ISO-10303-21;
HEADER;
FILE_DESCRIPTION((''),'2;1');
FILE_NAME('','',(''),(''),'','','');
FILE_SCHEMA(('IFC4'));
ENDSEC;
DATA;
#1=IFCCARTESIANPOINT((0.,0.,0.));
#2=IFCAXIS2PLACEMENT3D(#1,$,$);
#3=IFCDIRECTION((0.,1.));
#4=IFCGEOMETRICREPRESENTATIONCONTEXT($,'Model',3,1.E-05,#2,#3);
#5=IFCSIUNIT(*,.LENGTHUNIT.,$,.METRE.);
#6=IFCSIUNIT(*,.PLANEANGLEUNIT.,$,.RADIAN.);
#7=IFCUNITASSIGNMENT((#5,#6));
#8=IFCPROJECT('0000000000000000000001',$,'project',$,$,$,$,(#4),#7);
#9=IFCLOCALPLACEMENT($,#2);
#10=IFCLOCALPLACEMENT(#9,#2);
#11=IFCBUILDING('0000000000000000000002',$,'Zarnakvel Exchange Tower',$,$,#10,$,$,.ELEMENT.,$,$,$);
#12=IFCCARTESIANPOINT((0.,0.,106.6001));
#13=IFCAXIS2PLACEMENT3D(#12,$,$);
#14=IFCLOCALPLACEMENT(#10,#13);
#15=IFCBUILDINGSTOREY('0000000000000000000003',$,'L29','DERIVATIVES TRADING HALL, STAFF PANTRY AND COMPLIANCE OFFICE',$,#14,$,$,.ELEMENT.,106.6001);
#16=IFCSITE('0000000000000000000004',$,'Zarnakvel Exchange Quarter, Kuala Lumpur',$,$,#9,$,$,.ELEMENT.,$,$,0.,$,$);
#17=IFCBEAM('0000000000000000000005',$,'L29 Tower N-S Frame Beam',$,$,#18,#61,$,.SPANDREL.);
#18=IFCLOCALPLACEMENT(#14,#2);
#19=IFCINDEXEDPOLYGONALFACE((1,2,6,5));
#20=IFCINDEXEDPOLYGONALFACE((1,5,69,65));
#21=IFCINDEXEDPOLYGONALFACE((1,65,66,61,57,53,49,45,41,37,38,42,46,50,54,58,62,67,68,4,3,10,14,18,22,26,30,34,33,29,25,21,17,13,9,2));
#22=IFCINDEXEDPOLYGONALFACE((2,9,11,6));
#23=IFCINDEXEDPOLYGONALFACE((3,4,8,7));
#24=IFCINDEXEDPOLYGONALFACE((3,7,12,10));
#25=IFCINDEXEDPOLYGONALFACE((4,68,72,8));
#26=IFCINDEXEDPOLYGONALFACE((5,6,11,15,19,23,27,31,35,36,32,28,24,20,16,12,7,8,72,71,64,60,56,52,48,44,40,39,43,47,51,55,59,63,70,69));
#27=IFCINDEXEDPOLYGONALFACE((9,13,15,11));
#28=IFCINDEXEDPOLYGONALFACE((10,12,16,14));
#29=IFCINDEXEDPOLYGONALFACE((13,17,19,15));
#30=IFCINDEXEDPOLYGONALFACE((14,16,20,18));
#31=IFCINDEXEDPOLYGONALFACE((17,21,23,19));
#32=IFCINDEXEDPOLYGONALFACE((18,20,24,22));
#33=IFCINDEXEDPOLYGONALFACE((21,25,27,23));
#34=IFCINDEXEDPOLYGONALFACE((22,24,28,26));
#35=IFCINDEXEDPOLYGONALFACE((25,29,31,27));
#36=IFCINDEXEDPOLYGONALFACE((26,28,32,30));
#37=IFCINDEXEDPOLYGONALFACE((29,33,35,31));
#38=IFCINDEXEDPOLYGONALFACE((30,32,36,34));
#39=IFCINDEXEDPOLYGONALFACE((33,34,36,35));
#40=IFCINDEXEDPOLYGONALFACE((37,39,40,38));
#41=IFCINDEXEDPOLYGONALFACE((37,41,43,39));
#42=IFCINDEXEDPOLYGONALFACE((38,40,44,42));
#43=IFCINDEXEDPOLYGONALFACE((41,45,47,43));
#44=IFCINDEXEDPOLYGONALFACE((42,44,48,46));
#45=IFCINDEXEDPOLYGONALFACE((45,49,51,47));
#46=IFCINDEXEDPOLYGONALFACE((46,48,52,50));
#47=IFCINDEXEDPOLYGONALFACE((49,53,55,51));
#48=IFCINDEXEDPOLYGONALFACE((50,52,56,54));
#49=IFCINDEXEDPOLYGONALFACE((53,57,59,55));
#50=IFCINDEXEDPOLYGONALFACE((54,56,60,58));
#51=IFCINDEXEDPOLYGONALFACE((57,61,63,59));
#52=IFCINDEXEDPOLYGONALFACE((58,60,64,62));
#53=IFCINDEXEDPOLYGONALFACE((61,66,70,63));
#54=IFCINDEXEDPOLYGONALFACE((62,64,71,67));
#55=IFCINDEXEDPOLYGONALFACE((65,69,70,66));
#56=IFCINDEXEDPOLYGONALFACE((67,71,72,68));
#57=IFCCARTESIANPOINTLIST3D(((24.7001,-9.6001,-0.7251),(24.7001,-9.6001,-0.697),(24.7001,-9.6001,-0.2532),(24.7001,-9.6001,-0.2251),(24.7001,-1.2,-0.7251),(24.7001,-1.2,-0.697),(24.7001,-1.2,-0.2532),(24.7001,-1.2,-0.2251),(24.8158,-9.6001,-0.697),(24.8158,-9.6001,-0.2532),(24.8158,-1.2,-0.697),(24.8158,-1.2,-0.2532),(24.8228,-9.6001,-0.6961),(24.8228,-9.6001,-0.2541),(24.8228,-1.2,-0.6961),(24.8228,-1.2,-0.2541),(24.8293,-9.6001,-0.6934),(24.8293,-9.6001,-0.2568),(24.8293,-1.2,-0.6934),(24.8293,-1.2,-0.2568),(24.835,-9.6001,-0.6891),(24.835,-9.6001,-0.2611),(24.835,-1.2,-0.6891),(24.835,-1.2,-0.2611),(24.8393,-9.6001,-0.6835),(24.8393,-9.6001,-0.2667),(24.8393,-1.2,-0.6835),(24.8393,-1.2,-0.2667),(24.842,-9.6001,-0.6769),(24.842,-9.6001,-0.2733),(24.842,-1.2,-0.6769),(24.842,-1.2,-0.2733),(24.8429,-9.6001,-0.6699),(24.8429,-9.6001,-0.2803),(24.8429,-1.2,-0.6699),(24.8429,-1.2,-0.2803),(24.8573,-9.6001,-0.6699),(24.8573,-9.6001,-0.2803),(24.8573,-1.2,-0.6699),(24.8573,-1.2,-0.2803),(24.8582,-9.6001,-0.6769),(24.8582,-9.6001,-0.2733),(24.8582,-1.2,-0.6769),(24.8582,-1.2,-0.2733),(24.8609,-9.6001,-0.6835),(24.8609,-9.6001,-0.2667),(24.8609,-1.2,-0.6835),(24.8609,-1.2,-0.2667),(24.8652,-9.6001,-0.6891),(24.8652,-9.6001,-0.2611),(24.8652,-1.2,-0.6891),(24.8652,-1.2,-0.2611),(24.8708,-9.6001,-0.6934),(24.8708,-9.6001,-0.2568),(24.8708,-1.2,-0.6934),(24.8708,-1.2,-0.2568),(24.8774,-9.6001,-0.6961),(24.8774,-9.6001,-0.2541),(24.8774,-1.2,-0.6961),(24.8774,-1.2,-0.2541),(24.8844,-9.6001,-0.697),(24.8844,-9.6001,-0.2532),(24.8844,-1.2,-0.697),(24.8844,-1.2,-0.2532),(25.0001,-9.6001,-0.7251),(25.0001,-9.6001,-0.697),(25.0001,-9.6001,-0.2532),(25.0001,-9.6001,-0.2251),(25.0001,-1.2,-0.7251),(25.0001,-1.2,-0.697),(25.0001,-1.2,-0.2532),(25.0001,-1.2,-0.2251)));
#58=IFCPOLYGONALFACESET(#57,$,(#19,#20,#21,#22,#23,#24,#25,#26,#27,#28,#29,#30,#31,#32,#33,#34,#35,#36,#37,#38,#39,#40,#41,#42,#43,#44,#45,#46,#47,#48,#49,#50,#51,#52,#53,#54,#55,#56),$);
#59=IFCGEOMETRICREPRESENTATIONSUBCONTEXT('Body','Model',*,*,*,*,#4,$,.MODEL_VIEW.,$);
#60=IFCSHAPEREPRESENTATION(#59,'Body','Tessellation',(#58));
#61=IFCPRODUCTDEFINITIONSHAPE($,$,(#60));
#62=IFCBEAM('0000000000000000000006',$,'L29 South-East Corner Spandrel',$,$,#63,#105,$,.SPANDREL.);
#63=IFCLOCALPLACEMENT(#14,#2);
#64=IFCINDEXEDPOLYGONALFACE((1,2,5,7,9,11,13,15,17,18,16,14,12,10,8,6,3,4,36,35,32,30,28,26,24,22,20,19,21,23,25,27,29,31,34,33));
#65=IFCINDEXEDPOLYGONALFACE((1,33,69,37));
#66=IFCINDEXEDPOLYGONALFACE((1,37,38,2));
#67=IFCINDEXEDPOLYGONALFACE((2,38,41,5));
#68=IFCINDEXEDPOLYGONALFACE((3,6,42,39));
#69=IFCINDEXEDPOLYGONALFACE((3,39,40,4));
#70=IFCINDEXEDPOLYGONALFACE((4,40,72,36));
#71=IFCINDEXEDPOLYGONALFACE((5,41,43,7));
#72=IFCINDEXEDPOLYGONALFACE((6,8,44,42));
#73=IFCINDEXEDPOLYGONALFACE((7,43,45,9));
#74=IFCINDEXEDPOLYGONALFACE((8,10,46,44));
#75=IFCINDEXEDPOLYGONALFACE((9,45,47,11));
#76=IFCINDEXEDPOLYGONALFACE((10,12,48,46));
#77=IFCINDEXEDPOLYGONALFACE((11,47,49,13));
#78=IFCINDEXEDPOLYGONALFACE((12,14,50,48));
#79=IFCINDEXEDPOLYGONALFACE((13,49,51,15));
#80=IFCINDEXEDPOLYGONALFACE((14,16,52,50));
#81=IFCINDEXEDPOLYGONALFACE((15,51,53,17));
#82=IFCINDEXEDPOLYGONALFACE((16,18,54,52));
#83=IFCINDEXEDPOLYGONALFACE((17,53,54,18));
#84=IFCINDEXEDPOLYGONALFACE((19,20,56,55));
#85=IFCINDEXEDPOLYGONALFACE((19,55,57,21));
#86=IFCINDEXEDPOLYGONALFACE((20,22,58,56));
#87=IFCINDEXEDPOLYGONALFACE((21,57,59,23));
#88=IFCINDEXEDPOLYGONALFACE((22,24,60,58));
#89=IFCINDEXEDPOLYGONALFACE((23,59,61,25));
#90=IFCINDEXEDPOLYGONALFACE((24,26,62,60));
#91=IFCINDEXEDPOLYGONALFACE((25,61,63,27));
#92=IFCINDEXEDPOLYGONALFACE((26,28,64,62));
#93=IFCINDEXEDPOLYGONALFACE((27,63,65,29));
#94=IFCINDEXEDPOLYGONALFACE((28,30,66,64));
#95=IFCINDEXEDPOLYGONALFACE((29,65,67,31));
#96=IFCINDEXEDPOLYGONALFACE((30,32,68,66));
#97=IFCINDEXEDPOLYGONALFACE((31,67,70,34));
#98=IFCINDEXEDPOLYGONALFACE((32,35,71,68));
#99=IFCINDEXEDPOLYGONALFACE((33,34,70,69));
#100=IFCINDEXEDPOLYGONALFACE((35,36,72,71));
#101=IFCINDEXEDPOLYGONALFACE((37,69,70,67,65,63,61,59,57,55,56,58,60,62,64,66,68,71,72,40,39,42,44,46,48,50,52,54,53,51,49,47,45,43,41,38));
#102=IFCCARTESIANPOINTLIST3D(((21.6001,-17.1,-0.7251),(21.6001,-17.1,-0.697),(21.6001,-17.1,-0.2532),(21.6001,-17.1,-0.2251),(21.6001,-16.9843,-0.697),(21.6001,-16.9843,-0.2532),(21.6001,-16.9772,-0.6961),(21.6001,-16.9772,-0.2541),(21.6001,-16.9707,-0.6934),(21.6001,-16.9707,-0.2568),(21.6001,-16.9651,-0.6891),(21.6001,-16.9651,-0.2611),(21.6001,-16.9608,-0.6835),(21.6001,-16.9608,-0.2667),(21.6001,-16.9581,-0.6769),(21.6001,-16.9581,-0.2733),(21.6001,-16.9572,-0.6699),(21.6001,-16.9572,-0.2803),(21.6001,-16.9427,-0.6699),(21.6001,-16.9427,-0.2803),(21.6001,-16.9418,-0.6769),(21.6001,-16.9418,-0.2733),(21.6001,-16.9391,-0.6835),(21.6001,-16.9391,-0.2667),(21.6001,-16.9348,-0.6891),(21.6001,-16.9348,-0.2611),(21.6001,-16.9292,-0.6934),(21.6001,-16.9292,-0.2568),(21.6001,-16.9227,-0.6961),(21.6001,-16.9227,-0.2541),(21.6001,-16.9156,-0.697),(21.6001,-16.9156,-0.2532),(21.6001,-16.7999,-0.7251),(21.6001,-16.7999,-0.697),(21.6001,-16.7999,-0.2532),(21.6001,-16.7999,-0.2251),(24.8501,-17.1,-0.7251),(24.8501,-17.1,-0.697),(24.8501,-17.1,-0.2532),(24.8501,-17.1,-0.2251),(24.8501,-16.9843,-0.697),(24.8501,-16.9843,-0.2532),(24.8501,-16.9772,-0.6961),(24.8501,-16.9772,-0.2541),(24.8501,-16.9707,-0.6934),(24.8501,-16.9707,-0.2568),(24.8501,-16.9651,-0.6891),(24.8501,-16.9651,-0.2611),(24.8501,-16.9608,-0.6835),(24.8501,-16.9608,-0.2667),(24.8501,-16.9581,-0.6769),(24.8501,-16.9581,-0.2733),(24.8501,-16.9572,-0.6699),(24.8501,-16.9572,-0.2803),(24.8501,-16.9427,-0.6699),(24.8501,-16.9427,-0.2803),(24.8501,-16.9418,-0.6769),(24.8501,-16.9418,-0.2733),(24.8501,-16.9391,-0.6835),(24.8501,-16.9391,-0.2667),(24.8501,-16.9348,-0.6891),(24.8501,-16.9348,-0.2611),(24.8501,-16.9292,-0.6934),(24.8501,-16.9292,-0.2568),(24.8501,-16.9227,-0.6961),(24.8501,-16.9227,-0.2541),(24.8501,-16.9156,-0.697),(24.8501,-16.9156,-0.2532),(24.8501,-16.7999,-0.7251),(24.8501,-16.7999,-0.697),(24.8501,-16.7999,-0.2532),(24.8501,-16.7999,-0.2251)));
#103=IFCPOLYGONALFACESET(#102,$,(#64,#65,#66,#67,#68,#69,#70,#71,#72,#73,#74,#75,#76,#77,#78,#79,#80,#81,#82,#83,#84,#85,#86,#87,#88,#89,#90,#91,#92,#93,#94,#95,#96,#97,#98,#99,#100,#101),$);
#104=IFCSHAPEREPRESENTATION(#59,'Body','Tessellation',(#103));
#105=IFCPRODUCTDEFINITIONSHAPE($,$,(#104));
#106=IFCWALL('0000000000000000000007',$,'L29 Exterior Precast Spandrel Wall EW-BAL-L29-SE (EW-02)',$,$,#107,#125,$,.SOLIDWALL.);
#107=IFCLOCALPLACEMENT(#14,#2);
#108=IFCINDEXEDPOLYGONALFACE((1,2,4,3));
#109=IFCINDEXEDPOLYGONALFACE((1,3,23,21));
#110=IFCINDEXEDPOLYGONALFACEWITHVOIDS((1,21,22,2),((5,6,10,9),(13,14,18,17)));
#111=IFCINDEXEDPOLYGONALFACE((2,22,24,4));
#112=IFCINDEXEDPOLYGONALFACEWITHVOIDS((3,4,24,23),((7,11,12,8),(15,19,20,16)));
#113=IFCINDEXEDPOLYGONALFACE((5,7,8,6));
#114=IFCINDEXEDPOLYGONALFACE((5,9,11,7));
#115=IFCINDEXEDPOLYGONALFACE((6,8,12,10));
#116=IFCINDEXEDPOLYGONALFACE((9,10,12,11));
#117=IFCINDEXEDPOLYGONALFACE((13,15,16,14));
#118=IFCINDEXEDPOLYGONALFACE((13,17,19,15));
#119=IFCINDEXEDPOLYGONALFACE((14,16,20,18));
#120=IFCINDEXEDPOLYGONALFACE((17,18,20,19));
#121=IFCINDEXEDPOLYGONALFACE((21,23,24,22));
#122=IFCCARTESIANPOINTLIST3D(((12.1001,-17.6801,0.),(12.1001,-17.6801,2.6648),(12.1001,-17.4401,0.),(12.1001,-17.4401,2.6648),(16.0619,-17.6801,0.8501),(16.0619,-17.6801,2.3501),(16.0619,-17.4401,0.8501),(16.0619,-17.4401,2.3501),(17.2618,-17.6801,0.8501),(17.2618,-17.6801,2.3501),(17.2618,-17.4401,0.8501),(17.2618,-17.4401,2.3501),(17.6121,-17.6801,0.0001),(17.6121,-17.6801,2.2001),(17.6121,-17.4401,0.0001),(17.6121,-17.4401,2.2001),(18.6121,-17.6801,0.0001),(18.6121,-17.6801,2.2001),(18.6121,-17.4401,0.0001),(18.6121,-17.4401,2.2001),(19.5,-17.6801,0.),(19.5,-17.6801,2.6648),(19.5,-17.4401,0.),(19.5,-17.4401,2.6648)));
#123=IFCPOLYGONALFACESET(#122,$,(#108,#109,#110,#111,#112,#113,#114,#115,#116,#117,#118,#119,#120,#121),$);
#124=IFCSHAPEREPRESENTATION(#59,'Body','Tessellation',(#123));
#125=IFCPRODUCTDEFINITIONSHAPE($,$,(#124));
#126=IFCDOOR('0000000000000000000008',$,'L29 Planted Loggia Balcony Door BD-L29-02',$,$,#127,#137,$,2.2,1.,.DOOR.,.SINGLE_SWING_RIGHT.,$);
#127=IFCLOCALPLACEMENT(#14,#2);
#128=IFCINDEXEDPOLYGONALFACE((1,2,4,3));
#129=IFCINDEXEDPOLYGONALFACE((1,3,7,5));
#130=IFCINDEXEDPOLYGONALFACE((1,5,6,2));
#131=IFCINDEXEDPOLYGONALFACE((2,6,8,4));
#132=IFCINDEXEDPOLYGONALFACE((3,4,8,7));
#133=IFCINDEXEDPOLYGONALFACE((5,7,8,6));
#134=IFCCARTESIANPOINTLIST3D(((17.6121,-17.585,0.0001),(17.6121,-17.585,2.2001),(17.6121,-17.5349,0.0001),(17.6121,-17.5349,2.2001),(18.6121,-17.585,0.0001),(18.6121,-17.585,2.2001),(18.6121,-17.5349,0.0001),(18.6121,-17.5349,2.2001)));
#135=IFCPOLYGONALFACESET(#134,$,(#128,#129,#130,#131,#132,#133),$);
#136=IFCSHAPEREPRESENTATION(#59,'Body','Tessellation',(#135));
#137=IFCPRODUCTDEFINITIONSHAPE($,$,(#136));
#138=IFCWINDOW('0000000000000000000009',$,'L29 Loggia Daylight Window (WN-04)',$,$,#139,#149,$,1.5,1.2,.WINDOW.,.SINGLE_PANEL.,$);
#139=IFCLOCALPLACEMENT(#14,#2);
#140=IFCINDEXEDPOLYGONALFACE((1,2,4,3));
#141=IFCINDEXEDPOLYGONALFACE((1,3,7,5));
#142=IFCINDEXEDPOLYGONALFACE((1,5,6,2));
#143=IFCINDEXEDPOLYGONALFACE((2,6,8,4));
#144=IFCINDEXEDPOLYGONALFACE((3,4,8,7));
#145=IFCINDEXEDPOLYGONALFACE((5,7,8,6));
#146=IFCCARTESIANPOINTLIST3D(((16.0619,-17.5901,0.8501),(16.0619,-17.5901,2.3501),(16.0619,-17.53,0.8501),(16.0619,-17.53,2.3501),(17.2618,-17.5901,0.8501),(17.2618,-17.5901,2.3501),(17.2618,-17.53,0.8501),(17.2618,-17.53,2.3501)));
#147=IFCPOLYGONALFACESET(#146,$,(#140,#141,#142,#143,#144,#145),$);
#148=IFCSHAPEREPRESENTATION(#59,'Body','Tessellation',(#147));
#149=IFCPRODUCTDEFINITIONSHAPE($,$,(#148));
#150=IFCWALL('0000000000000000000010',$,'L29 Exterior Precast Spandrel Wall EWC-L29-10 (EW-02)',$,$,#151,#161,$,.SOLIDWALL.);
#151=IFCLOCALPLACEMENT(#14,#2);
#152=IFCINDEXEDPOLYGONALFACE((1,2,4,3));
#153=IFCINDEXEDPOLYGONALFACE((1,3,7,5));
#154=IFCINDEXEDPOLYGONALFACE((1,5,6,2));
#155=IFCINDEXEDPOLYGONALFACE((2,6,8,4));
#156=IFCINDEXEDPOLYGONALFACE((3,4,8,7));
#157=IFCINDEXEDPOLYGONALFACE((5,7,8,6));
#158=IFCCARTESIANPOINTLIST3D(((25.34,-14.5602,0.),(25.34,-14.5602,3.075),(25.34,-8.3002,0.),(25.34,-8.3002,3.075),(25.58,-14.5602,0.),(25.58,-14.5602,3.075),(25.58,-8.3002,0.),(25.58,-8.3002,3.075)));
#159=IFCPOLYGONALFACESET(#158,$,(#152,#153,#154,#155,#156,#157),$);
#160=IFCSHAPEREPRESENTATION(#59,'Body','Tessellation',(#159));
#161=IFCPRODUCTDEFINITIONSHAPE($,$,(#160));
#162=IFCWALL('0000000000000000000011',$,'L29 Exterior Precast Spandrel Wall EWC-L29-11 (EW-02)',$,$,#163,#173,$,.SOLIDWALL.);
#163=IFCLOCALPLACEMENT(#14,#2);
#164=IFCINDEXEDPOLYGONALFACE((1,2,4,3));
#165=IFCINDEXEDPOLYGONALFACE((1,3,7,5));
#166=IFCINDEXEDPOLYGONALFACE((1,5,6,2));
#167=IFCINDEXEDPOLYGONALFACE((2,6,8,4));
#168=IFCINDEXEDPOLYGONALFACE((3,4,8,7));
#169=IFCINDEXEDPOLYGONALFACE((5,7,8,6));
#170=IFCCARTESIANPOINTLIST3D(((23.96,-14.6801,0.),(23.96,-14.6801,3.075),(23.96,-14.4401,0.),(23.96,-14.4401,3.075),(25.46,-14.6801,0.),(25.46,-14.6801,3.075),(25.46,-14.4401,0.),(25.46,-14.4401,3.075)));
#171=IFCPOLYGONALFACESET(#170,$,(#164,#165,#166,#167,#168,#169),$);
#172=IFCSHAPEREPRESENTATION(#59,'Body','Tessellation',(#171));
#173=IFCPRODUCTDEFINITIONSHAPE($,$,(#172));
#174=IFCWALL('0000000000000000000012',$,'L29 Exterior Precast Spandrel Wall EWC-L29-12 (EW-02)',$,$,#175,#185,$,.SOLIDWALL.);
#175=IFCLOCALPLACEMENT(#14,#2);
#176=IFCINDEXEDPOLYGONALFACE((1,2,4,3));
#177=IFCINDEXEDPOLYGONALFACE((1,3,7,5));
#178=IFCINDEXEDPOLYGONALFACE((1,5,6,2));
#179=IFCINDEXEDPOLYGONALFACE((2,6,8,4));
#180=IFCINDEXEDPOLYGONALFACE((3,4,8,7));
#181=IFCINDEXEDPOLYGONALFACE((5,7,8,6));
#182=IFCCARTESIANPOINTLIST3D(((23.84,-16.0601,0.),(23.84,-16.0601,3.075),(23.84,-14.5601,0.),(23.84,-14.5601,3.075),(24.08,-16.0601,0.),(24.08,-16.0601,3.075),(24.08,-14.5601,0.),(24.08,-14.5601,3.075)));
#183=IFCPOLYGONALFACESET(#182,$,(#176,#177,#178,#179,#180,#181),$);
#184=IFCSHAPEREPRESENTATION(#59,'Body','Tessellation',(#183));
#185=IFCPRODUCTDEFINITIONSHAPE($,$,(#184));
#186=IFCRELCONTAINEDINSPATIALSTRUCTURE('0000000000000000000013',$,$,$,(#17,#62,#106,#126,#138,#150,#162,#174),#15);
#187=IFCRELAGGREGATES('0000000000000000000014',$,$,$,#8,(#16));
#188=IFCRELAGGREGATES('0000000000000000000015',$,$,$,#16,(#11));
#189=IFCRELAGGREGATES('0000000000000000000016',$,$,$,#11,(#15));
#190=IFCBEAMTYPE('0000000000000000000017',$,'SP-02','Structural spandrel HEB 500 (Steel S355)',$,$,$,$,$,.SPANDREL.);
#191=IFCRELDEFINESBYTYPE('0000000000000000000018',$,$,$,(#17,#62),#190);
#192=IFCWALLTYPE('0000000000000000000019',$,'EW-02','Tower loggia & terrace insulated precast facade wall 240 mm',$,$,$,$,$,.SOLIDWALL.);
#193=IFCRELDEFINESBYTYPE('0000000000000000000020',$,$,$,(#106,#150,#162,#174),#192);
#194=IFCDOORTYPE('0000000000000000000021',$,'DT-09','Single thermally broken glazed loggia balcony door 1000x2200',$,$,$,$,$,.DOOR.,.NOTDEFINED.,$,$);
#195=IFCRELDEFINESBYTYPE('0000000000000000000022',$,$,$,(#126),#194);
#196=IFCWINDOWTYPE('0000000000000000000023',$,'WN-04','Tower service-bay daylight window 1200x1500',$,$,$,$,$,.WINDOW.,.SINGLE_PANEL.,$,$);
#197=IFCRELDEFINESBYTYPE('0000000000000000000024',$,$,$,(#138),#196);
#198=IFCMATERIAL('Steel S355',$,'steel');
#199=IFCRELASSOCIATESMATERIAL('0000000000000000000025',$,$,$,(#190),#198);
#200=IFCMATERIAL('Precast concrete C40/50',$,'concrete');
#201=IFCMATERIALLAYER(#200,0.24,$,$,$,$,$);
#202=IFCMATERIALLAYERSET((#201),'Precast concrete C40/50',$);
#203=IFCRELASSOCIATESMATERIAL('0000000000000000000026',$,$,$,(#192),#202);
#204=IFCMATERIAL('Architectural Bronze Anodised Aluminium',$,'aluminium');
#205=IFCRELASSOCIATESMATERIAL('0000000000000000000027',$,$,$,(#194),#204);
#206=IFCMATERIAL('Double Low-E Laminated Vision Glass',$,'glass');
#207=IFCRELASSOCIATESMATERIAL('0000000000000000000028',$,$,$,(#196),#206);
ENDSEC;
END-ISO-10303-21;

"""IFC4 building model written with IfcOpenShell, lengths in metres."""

from ifc_helpers import new_model, si_unit, direction, frame, frame_2d, origin, origin_2d, place, context, subcontext, project, spatial, rectangle, i_section, extrude, source, transform, mapped, material, layer, layer_set, material_profile, profile_set, type_object, element, fill, save


model = new_model("IFC4")

# Units and contexts
model_context = context("Model", 3, precision=1e-05, world=origin(), true_north=direction((0.0, 1.0)))
body_context = subcontext(model_context, "Body", "Model", "MODEL_VIEW")
ifc_project = project(units=[si_unit("LENGTHUNIT", "METRE"), si_unit("PLANEANGLEUNIT", "RADIAN")], contexts=[model_context])

# Site, building, storey
site_placement = place(None, origin())
site = spatial("IfcSite", under=ifc_project, at=site_placement, Name="Zarnakvel Exchange Quarter, Kuala Lumpur", CompositionType="ELEMENT", RefElevation=0.0)
building_placement = place(site_placement, origin())
building = spatial("IfcBuilding", under=site, at=building_placement, Name="Zarnakvel Exchange Tower", CompositionType="ELEMENT")
storey_placement = place(building_placement, frame((0.0, 0.0, 106.6001)))
storey = spatial("IfcBuildingStorey", under=building, at=storey_placement, Name="L29", Description="DERIVATIVES TRADING HALL, STAFF PANTRY AND COMPLIANCE OFFICE", CompositionType="ELEMENT", Elevation=106.6001)

# Shared definitions
ifc_material_1 = material(Name="Steel S355", Category="steel")

# Beams
ifc_material_profile_1 = material_profile(ifc_material_1, i_section(OverallWidth=0.3, OverallDepth=0.5, WebThickness=0.0144, FlangeThickness=0.0281, FilletRadius=0.0271, at=origin_2d()))
ifc_profile_set_1 = profile_set([ifc_material_profile_1], Name="Steel S355")
beam_type_1 = type_object("IfcBeamType", Name="SP-02", Description="Structural spandrel HEB 500 (Steel S355)", PredefinedType="SPANDREL", material=ifc_profile_set_1)
beam_1_placement = place(storey_placement, frame((24.8501, -9.6001, -0.4751), z_axis=(0.0, 1.0, 0.0), x_axis=(-1.0, 0.0, 0.0)))
element("IfcBeam", 1, at=beam_1_placement, inside=storey, type_object=beam_type_1, Name="L29 Tower N-S Frame Beam", PredefinedType="SPANDREL", context=body_context, shape_type="SweptSolid", body=[
    extrude(i_section(OverallWidth=0.3, OverallDepth=0.5, WebThickness=0.0144, FlangeThickness=0.0281, FilletRadius=0.0271, at=origin_2d()), origin(), (0.0, 0.0, 1.0), 8.4001),
])
beam_2_placement = place(storey_placement, frame((21.6001, -16.95, -0.4751), z_axis=(1.0, 0.0, 0.0), x_axis=(0.0, 1.0, 0.0)))
element("IfcBeam", 2, at=beam_2_placement, inside=storey, type_object=beam_type_1, Name="L29 South-East Corner Spandrel", PredefinedType="SPANDREL", context=body_context, shape_type="SweptSolid", body=[
    extrude(i_section(OverallWidth=0.3, OverallDepth=0.5, WebThickness=0.0144, FlangeThickness=0.0281, FilletRadius=0.0271, at=origin_2d()), origin(), (0.0, 0.0, 1.0), 3.25),
])

# Wall, openings, door, window
ifc_material_2 = material(Name="Precast concrete C40/50", Category="concrete")
ifc_layer = layer(ifc_material_2, 0.24)
ifc_layer_set = layer_set([ifc_layer], Name="Precast concrete C40/50")
wall_type = type_object("IfcWallType", Name="EW-02", Description="Tower loggia & terrace insulated precast facade wall 240 mm", PredefinedType="SOLIDWALL", material=ifc_layer_set)
wall_1_placement = place(storey_placement, frame((19.5, -17.5601, 0.0), z_axis=(0.0, 0.0, 1.0), x_axis=(-1.0, 0.0, 0.0)))
wall_1 = element("IfcWall", 3, at=wall_1_placement, inside=storey, type_object=wall_type, Name="L29 Exterior Precast Spandrel Wall EW-BAL-L29-SE (EW-02)", PredefinedType="SOLIDWALL", context=body_context, shape_type="SweptSolid", body=[
    extrude(rectangle(XDim=7.3999, YDim=0.24, at=frame_2d((3.7, 0.0))), origin(), (0.0, 0.0, 1.0), 2.6648),
])
opening_1_placement = place(wall_1_placement, frame((0.8879, 0.0, 0.0)))
opening_1 = element("IfcOpeningElement", 4, at=opening_1_placement, cuts=wall_1, PredefinedType="OPENING", context=body_context, shape_type="SweptSolid", body=[
    extrude(rectangle(XDim=1.0, YDim=2.2, at=frame_2d((0.5, 1.1001))), frame((0.0, 0.1299, 0.0), z_axis=(0.0, -1.0, 0.0), x_axis=(1.0, 0.0, 0.0)), (0.0, 0.0, 1.0), 0.26),
])
opening_2_placement = place(wall_1_placement, frame((2.238, 0.0, 0.8501)))
opening_2 = element("IfcOpeningElement", 5, at=opening_2_placement, cuts=wall_1, PredefinedType="OPENING", context=body_context, shape_type="SweptSolid", body=[
    extrude(rectangle(XDim=1.2, YDim=1.5, at=frame_2d((0.6001, 0.75))), frame((0.0, 0.1299, 0.0), z_axis=(0.0, -1.0, 0.0), x_axis=(1.0, 0.0, 0.0)), (0.0, 0.0, 1.0), 0.26),
])
ifc_material_3 = material(Name="Architectural Bronze Anodised Aluminium", Category="aluminium")
door_type = type_object("IfcDoorType", Name="DT-09", Description="Single thermally broken glazed loggia balcony door 1000x2200", OperationType="NOTDEFINED", PredefinedType="DOOR", material=ifc_material_3)
shared_shape_1 = source(origin(), body_context, "Body", "SweptSolid", [
    extrude(rectangle(XDim=1.0, YDim=2.2, at=frame_2d((0.5, 1.1001))), frame((0.0, 0.0249, 0.0), z_axis=(0.0, -1.0, 0.0), x_axis=(1.0, 0.0, 0.0)), (0.0, 0.0, 1.0), 0.05),
])
door_placement = place(opening_1_placement, origin())
door = element("IfcDoor", 6, at=door_placement, inside=storey, type_object=door_type, Name="L29 Planted Loggia Balcony Door BD-L29-02", OperationType="SINGLE_SWING_RIGHT", OverallHeight=2.2, OverallWidth=1.0, PredefinedType="DOOR", context=body_context, shape_type="MappedRepresentation", body=[
    mapped(shared_shape_1, transform((0.0, 0.0, 0.0), x_axis=(1.0, 0.0, 0.0), y_axis=(0.0, 1.0, 0.0), z_axis=(0.0, 0.0, 1.0), scale=1.0)),
])
fill(opening_1, door)
ifc_material_4 = material(Name="Double Low-E Laminated Vision Glass", Category="glass")
window_type = type_object("IfcWindowType", Name="WN-04", Description="Tower service-bay daylight window 1200x1500", PartitioningType="SINGLE_PANEL", PredefinedType="WINDOW", material=ifc_material_4)
shared_shape_2 = source(origin(), body_context, "Body", "SweptSolid", [
    extrude(rectangle(XDim=1.2, YDim=1.5, at=frame_2d((0.6001, 0.75))), frame((0.0, 0.03, 0.0), z_axis=(0.0, -1.0, 0.0), x_axis=(1.0, 0.0, 0.0)), (0.0, 0.0, 1.0), 0.0601),
])
window_placement = place(opening_2_placement, origin())
window = element("IfcWindow", 7, at=window_placement, inside=storey, type_object=window_type, Name="L29 Loggia Daylight Window (WN-04)", OverallHeight=1.5, OverallWidth=1.2, PartitioningType="SINGLE_PANEL", PredefinedType="WINDOW", context=body_context, shape_type="MappedRepresentation", body=[
    mapped(shared_shape_2, transform((0.0, 0.0, 0.0), x_axis=(1.0, 0.0, 0.0), y_axis=(0.0, 1.0, 0.0), z_axis=(0.0, 0.0, 1.0), scale=1.0)),
])
fill(opening_2, window)

# Walls
wall_2_placement = place(storey_placement, frame((25.46, -14.5601, 0.0), z_axis=(0.0, 0.0, 1.0), x_axis=(0.0, 1.0, 0.0)))
element("IfcWall", 8, at=wall_2_placement, inside=storey, type_object=wall_type, Name="L29 Exterior Precast Spandrel Wall EWC-L29-10 (EW-02)", PredefinedType="SOLIDWALL", context=body_context, shape_type="SweptSolid", body=[
    extrude(rectangle(XDim=6.26, YDim=0.24, at=frame_2d((3.1299, 0.0))), origin(), (0.0, 0.0, 1.0), 3.075),
])
for number, where, z_axis, x_axis, name in (
    (9, (23.96, -14.5601, 0.0), (0.0, 0.0, 1.0), (1.0, 0.0, 0.0), "L29 Exterior Precast Spandrel Wall EWC-L29-11 (EW-02)"),
    (10, (23.96, -16.0601, 0.0), (0.0, 0.0, 1.0), (0.0, 1.0, 0.0), "L29 Exterior Precast Spandrel Wall EWC-L29-12 (EW-02)"),
):
    element("IfcWall", number, at=place(storey_placement, frame(where, z_axis=z_axis, x_axis=x_axis)), inside=storey, type_object=wall_type, Name=name, PredefinedType="SOLIDWALL", context=body_context, shape_type="SweptSolid", body=[
        extrude(rectangle(XDim=1.5, YDim=0.24, at=frame_2d((0.75, 0.0))), origin(), (0.0, 0.0, 1.0), 3.075),
    ])

save(model, "model.ifc")
